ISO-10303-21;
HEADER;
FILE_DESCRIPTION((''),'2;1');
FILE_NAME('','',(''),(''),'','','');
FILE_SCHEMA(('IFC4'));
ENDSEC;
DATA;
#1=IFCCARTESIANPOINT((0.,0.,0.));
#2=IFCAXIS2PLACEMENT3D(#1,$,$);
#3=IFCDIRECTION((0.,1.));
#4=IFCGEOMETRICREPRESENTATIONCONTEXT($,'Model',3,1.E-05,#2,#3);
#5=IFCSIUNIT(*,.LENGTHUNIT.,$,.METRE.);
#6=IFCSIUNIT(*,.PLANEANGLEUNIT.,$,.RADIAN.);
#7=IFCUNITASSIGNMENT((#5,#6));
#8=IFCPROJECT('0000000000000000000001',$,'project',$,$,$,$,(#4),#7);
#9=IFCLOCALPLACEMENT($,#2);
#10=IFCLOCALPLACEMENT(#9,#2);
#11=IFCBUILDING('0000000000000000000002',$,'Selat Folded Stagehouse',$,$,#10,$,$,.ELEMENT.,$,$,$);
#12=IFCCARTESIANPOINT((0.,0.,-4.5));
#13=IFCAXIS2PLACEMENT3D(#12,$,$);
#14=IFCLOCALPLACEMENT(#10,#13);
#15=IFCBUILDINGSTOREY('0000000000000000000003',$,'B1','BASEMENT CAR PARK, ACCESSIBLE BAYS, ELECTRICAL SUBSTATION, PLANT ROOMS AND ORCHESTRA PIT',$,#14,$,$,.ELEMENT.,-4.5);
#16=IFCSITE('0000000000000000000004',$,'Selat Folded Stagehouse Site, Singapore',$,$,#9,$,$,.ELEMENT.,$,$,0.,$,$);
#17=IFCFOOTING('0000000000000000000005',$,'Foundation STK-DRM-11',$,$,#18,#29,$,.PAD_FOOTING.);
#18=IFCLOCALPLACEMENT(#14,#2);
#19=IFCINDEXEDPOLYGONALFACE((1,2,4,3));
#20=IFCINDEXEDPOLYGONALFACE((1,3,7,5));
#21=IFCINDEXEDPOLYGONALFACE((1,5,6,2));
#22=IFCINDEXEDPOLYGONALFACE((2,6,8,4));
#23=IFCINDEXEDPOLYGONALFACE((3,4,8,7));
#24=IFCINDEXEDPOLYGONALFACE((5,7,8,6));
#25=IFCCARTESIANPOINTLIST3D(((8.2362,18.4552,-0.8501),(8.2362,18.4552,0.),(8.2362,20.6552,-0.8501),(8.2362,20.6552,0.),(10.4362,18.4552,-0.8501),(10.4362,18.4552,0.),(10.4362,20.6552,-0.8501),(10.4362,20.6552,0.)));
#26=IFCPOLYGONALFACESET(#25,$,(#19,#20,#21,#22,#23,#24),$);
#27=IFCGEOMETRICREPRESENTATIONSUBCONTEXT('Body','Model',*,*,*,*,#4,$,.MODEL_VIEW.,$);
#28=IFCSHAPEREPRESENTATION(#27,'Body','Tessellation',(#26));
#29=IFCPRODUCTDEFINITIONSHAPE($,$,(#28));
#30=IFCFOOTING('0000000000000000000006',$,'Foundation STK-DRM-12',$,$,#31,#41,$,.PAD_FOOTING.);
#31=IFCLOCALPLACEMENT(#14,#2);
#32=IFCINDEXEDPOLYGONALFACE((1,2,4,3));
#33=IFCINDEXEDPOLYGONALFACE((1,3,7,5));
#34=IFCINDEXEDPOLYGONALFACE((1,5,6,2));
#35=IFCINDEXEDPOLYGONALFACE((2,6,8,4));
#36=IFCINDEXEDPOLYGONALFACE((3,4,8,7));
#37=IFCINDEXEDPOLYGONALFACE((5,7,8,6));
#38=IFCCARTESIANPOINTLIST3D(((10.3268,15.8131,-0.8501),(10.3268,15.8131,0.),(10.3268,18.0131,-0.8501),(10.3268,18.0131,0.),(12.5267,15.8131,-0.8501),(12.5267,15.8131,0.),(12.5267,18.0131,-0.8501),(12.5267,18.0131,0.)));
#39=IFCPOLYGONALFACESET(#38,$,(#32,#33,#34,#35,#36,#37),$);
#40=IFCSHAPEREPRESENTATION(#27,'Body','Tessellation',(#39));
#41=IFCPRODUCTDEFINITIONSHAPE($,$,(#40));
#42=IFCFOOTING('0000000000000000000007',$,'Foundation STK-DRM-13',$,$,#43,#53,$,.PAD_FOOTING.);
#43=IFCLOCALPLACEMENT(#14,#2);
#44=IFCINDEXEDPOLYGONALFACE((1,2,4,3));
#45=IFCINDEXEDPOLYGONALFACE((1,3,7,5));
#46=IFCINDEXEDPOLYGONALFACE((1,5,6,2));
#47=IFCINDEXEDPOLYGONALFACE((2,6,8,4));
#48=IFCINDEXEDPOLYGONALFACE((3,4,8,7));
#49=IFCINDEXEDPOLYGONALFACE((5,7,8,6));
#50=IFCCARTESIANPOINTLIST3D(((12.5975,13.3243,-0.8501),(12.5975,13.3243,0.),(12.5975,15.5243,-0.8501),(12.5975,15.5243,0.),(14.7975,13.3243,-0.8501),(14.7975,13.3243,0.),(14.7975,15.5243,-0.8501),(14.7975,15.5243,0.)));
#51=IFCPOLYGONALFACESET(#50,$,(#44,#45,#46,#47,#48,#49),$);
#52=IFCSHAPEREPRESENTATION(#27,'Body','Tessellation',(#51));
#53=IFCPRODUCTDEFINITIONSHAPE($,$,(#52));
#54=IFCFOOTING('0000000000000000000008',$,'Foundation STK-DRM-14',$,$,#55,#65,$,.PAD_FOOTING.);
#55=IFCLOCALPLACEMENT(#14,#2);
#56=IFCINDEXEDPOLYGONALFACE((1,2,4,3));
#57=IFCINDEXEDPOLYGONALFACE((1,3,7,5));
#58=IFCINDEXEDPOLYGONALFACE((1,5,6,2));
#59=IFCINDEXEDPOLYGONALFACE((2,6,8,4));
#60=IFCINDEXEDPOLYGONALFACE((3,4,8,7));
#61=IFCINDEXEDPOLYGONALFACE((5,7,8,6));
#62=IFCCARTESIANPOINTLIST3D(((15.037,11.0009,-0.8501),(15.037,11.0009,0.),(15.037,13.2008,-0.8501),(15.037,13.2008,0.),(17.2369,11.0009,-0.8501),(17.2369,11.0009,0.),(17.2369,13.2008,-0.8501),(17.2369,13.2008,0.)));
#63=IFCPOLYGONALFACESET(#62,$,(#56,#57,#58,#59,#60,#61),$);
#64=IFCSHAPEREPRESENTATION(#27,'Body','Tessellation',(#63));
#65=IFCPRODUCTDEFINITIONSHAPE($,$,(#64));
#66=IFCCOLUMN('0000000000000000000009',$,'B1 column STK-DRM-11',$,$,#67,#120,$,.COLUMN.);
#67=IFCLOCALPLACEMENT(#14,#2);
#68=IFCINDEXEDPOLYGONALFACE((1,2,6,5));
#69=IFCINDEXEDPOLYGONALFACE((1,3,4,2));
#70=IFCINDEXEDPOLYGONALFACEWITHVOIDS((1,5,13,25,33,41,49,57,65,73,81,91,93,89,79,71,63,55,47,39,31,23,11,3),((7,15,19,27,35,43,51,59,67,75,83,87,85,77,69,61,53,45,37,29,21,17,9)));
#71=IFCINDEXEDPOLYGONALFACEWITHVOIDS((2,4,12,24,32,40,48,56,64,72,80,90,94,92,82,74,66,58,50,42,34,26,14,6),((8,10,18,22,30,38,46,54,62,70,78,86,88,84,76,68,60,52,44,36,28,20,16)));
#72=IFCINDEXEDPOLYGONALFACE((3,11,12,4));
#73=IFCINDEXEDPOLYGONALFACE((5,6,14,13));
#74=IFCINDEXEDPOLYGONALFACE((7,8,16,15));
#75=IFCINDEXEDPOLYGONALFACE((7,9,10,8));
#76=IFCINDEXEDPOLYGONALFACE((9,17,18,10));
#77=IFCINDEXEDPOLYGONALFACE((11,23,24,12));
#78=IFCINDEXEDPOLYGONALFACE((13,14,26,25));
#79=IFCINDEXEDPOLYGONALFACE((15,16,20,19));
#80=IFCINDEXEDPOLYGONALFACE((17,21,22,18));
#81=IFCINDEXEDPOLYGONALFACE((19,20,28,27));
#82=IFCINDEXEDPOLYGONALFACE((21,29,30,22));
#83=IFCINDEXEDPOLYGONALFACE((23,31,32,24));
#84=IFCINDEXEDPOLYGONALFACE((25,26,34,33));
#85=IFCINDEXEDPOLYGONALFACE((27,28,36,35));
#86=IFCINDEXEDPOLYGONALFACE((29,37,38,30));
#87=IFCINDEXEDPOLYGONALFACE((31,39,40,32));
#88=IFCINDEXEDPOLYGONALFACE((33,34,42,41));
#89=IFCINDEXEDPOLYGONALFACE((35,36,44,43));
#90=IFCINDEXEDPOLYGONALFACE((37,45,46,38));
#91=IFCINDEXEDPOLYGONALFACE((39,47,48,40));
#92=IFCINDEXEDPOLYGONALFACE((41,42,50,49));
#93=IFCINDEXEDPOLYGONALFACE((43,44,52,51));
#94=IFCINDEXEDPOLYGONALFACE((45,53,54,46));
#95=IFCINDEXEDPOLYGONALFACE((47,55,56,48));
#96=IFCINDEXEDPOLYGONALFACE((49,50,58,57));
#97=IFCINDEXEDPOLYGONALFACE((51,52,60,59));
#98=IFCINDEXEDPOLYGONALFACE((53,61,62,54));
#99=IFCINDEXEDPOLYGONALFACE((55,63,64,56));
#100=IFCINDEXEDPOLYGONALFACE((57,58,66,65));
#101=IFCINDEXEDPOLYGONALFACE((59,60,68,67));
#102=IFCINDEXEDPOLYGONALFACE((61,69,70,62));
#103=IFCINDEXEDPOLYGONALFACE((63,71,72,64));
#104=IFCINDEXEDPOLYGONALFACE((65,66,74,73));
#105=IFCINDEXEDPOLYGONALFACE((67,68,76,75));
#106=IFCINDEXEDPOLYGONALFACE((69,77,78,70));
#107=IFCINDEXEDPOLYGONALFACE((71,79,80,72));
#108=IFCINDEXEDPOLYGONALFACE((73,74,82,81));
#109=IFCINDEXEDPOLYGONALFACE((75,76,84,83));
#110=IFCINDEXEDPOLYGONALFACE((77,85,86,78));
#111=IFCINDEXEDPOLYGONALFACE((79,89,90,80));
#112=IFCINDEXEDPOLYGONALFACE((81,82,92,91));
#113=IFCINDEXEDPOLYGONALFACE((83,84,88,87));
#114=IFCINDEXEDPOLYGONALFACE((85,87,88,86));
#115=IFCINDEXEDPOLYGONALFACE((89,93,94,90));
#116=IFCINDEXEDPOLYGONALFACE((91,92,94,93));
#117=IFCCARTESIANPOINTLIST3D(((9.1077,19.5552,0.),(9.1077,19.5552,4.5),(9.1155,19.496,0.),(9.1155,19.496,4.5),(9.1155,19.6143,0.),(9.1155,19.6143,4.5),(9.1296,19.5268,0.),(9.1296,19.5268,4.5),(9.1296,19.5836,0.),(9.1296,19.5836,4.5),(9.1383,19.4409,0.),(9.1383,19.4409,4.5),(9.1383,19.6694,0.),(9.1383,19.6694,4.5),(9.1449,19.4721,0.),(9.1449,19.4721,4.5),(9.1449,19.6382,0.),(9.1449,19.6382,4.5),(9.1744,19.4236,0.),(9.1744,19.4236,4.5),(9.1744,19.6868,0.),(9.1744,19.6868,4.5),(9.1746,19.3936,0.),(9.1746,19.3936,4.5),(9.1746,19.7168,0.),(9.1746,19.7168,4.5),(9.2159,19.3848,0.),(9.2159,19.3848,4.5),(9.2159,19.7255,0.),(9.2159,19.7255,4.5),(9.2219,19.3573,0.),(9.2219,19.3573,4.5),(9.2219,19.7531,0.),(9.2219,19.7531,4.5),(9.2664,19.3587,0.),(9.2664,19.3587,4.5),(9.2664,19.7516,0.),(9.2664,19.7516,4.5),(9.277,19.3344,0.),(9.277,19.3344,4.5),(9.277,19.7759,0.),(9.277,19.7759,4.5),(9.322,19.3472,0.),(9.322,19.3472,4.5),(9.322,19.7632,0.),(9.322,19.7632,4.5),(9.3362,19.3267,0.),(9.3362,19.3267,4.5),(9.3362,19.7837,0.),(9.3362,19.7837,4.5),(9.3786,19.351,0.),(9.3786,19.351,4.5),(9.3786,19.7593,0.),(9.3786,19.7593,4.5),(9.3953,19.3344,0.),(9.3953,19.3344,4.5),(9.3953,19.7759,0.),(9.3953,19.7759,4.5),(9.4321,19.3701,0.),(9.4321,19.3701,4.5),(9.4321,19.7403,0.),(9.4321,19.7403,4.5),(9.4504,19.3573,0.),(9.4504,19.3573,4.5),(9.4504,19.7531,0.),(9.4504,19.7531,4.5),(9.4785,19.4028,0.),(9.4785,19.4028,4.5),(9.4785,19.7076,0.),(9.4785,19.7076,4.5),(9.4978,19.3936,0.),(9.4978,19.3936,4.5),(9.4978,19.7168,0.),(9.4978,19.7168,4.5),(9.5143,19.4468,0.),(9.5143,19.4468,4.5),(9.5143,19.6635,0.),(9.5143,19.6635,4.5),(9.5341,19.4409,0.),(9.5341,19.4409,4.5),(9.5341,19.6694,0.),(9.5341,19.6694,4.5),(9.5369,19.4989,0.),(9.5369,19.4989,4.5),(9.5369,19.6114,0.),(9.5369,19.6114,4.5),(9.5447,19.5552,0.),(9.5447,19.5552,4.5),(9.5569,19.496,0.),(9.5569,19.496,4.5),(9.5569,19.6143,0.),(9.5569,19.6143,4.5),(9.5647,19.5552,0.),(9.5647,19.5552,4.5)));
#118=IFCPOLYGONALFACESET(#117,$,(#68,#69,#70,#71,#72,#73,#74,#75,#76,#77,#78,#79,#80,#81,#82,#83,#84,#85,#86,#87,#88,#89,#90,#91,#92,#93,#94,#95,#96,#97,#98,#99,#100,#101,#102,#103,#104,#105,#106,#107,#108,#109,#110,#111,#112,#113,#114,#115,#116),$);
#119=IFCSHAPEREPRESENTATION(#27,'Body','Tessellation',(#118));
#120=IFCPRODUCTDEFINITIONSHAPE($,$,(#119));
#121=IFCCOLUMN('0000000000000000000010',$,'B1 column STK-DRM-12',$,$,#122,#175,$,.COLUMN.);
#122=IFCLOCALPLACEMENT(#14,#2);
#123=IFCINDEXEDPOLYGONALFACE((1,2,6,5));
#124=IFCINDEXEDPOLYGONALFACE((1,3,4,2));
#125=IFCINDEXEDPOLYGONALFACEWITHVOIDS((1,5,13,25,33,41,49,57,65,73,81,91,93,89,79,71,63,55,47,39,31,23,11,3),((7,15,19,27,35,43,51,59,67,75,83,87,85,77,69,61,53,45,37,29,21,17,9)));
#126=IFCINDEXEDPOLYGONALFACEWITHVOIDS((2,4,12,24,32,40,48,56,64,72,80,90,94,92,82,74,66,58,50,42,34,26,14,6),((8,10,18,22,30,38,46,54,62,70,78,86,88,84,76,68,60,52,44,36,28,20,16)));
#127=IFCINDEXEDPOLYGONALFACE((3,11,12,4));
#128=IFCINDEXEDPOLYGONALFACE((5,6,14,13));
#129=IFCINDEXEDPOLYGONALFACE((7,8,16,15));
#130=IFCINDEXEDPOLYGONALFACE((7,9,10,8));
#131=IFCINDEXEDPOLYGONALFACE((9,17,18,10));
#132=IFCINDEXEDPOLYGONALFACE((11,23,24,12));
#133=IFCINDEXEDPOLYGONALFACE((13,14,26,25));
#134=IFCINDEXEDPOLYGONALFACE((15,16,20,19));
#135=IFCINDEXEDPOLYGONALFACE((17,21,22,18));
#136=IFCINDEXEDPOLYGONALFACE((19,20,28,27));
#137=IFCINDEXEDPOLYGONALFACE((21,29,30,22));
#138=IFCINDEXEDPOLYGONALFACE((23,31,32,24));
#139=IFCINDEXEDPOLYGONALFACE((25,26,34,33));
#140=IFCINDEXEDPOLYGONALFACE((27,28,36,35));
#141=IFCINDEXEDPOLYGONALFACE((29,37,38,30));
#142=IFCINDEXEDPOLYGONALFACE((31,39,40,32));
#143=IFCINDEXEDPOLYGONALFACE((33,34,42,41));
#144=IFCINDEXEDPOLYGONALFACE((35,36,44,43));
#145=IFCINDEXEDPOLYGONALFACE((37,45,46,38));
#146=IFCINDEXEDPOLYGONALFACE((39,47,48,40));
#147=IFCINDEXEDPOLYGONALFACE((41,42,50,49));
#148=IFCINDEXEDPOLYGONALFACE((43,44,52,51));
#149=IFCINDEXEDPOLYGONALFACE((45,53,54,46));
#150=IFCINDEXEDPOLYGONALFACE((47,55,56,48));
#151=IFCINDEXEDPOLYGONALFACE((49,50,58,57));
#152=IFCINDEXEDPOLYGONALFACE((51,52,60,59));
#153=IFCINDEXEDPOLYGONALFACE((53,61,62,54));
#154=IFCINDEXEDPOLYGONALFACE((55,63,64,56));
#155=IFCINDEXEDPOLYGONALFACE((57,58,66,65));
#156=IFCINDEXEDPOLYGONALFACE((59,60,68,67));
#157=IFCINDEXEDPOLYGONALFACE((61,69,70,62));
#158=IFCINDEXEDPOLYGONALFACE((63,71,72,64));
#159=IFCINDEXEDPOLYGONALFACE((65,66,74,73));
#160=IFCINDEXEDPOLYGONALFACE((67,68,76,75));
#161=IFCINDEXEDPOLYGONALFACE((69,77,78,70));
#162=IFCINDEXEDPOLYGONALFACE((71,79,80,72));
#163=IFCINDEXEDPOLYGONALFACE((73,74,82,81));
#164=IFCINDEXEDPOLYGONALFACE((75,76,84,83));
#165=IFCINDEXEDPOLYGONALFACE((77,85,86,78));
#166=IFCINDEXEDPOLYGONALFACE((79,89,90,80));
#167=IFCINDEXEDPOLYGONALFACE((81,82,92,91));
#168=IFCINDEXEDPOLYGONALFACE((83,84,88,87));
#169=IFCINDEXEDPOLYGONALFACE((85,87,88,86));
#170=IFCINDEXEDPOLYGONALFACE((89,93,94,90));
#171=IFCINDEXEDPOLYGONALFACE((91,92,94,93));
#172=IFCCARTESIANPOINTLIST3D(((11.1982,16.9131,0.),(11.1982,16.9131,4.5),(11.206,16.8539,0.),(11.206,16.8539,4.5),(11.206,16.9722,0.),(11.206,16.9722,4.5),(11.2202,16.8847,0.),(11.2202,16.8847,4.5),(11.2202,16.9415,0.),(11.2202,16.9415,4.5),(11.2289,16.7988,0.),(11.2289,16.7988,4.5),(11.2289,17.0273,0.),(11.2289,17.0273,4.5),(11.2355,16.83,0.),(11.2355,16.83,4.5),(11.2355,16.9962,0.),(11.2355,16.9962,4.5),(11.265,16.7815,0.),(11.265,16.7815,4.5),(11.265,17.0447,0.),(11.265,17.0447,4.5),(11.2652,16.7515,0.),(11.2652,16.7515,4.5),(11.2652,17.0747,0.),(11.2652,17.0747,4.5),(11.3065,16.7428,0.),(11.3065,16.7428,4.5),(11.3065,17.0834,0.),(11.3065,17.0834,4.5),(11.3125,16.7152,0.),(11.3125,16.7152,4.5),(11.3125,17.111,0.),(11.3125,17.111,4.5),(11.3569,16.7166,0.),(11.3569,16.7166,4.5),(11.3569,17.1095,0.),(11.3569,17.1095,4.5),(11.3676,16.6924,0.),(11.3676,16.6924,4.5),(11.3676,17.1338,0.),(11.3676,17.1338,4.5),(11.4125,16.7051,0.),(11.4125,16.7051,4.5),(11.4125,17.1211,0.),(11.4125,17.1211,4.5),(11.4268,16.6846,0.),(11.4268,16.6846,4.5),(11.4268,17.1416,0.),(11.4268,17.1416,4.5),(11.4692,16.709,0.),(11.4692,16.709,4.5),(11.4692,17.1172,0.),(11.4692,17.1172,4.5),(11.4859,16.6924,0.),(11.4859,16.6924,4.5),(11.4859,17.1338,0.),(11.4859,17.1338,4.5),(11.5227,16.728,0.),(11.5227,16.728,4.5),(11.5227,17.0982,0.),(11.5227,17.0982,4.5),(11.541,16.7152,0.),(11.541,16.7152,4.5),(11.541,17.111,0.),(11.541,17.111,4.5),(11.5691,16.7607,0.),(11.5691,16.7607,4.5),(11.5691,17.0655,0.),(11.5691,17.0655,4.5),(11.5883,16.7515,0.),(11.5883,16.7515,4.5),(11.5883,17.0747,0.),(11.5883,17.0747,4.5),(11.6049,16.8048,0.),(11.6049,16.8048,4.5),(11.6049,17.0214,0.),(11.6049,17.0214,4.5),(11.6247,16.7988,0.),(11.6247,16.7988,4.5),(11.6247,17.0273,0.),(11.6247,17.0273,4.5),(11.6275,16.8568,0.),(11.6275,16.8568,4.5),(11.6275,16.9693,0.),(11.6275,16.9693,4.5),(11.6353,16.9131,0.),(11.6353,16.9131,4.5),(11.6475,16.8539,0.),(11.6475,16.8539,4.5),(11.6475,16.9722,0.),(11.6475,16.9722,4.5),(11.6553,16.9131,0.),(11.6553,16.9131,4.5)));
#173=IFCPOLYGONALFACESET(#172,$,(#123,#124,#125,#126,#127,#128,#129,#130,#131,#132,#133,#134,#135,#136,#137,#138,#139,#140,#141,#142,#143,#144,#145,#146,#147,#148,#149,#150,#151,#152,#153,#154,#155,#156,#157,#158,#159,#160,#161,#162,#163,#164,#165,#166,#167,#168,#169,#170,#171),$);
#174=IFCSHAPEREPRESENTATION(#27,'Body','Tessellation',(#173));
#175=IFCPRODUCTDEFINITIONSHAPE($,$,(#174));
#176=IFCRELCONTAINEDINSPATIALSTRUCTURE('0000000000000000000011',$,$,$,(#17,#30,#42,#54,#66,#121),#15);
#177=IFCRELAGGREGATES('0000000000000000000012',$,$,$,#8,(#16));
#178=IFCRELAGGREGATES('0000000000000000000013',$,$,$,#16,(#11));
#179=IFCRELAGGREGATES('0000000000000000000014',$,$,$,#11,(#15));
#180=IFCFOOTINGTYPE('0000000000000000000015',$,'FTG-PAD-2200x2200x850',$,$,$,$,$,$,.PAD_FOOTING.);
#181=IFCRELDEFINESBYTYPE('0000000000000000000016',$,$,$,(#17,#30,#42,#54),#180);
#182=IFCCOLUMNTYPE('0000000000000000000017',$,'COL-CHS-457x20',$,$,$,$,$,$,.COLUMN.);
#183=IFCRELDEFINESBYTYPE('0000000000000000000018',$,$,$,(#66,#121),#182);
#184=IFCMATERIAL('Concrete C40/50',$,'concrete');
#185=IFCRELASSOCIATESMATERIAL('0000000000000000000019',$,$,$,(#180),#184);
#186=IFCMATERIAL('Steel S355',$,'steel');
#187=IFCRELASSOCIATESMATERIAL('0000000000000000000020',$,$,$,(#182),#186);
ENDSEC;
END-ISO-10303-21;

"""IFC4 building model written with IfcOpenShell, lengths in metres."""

from ifc_helpers import new_model, si_unit, direction, frame, origin, origin_2d, place, context, subcontext, project, spatial, rectangle, hollow_circle, extrude, material, material_profile, profile_set, type_object, element, save


model = new_model("IFC4")

# Units and contexts
model_context = context("Model", 3, precision=1e-05, world=origin(), true_north=direction((0.0, 1.0)))
body_context = subcontext(model_context, "Body", "Model", "MODEL_VIEW")
ifc_project = project(units=[si_unit("LENGTHUNIT", "METRE"), si_unit("PLANEANGLEUNIT", "RADIAN")], contexts=[model_context])

# Site, building, storey
site_placement = place(None, origin())
site = spatial("IfcSite", under=ifc_project, at=site_placement, Name="Selat Folded Stagehouse Site, Singapore", CompositionType="ELEMENT", RefElevation=0.0)
building_placement = place(site_placement, origin())
building = spatial("IfcBuilding", under=site, at=building_placement, Name="Selat Folded Stagehouse", CompositionType="ELEMENT")
storey_placement = place(building_placement, frame((0.0, 0.0, -4.5)))
storey = spatial("IfcBuildingStorey", under=building, at=storey_placement, Name="B1", Description="BASEMENT CAR PARK, ACCESSIBLE BAYS, ELECTRICAL SUBSTATION, PLANT ROOMS AND ORCHESTRA PIT", CompositionType="ELEMENT", Elevation=-4.5)

# Footings
ifc_material_1 = material(Name="Concrete C40/50", Category="concrete")
footing_type = type_object("IfcFootingType", Name="FTG-PAD-2200x2200x850", PredefinedType="PAD_FOOTING", material=ifc_material_1)
for number, where, z_axis, x_axis, name in (
    (1, (9.3362, 19.5552, -0.8501), (0.0, 0.0, 1.0), (1.0, 0.0, 0.0), "Foundation STK-DRM-11"),
    (2, (11.4268, 16.9131, -0.8501), (0.0, 0.0, 1.0), (1.0, 0.0, 0.0), "Foundation STK-DRM-12"),
    (3, (13.6975, 14.4243, -0.8501), (0.0, 0.0, 1.0), (1.0, 0.0, 0.0), "Foundation STK-DRM-13"),
    (4, (16.137, 12.1008, -0.8501), (0.0, 0.0, 1.0), (1.0, 0.0, 0.0), "Foundation STK-DRM-14"),
):
    element("IfcFooting", number, at=place(storey_placement, frame(where, z_axis=z_axis, x_axis=x_axis)), inside=storey, type_object=footing_type, Name=name, PredefinedType="PAD_FOOTING", context=body_context, shape_type="SweptSolid", body=[
        extrude(rectangle(XDim=2.2, YDim=2.2, at=origin_2d()), origin(), (0.0, 0.0, 1.0), 0.8501),
    ])

# Columns
ifc_material_2 = material(Name="Steel S355", Category="steel")
ifc_material_profile = material_profile(ifc_material_2, hollow_circle(Radius=0.2285, WallThickness=0.02, at=origin_2d()), Name="CHS 457.0x20.0")
ifc_profile_set = profile_set([ifc_material_profile], Name="Steel S355")
column_type = type_object("IfcColumnType", Name="COL-CHS-457x20", PredefinedType="COLUMN", material=ifc_profile_set)
for number, where, z_axis, x_axis, name in (
    (5, (9.3362, 19.5552, 0.0), (0.0, 0.0, 1.0), (1.0, 0.0, 0.0), "B1 column STK-DRM-11"),
    (6, (11.4268, 16.9131, 0.0), (0.0, 0.0, 1.0), (1.0, 0.0, 0.0), "B1 column STK-DRM-12"),
):
    element("IfcColumn", number, at=place(storey_placement, frame(where, z_axis=z_axis, x_axis=x_axis)), inside=storey, type_object=column_type, Name=name, PredefinedType="COLUMN", context=body_context, shape_type="SweptSolid", body=[
        extrude(hollow_circle(Radius=0.2285, WallThickness=0.02, at=origin_2d()), origin(), (0.0, 0.0, 1.0), 4.5),
    ])

save(model, "model.ifc")
